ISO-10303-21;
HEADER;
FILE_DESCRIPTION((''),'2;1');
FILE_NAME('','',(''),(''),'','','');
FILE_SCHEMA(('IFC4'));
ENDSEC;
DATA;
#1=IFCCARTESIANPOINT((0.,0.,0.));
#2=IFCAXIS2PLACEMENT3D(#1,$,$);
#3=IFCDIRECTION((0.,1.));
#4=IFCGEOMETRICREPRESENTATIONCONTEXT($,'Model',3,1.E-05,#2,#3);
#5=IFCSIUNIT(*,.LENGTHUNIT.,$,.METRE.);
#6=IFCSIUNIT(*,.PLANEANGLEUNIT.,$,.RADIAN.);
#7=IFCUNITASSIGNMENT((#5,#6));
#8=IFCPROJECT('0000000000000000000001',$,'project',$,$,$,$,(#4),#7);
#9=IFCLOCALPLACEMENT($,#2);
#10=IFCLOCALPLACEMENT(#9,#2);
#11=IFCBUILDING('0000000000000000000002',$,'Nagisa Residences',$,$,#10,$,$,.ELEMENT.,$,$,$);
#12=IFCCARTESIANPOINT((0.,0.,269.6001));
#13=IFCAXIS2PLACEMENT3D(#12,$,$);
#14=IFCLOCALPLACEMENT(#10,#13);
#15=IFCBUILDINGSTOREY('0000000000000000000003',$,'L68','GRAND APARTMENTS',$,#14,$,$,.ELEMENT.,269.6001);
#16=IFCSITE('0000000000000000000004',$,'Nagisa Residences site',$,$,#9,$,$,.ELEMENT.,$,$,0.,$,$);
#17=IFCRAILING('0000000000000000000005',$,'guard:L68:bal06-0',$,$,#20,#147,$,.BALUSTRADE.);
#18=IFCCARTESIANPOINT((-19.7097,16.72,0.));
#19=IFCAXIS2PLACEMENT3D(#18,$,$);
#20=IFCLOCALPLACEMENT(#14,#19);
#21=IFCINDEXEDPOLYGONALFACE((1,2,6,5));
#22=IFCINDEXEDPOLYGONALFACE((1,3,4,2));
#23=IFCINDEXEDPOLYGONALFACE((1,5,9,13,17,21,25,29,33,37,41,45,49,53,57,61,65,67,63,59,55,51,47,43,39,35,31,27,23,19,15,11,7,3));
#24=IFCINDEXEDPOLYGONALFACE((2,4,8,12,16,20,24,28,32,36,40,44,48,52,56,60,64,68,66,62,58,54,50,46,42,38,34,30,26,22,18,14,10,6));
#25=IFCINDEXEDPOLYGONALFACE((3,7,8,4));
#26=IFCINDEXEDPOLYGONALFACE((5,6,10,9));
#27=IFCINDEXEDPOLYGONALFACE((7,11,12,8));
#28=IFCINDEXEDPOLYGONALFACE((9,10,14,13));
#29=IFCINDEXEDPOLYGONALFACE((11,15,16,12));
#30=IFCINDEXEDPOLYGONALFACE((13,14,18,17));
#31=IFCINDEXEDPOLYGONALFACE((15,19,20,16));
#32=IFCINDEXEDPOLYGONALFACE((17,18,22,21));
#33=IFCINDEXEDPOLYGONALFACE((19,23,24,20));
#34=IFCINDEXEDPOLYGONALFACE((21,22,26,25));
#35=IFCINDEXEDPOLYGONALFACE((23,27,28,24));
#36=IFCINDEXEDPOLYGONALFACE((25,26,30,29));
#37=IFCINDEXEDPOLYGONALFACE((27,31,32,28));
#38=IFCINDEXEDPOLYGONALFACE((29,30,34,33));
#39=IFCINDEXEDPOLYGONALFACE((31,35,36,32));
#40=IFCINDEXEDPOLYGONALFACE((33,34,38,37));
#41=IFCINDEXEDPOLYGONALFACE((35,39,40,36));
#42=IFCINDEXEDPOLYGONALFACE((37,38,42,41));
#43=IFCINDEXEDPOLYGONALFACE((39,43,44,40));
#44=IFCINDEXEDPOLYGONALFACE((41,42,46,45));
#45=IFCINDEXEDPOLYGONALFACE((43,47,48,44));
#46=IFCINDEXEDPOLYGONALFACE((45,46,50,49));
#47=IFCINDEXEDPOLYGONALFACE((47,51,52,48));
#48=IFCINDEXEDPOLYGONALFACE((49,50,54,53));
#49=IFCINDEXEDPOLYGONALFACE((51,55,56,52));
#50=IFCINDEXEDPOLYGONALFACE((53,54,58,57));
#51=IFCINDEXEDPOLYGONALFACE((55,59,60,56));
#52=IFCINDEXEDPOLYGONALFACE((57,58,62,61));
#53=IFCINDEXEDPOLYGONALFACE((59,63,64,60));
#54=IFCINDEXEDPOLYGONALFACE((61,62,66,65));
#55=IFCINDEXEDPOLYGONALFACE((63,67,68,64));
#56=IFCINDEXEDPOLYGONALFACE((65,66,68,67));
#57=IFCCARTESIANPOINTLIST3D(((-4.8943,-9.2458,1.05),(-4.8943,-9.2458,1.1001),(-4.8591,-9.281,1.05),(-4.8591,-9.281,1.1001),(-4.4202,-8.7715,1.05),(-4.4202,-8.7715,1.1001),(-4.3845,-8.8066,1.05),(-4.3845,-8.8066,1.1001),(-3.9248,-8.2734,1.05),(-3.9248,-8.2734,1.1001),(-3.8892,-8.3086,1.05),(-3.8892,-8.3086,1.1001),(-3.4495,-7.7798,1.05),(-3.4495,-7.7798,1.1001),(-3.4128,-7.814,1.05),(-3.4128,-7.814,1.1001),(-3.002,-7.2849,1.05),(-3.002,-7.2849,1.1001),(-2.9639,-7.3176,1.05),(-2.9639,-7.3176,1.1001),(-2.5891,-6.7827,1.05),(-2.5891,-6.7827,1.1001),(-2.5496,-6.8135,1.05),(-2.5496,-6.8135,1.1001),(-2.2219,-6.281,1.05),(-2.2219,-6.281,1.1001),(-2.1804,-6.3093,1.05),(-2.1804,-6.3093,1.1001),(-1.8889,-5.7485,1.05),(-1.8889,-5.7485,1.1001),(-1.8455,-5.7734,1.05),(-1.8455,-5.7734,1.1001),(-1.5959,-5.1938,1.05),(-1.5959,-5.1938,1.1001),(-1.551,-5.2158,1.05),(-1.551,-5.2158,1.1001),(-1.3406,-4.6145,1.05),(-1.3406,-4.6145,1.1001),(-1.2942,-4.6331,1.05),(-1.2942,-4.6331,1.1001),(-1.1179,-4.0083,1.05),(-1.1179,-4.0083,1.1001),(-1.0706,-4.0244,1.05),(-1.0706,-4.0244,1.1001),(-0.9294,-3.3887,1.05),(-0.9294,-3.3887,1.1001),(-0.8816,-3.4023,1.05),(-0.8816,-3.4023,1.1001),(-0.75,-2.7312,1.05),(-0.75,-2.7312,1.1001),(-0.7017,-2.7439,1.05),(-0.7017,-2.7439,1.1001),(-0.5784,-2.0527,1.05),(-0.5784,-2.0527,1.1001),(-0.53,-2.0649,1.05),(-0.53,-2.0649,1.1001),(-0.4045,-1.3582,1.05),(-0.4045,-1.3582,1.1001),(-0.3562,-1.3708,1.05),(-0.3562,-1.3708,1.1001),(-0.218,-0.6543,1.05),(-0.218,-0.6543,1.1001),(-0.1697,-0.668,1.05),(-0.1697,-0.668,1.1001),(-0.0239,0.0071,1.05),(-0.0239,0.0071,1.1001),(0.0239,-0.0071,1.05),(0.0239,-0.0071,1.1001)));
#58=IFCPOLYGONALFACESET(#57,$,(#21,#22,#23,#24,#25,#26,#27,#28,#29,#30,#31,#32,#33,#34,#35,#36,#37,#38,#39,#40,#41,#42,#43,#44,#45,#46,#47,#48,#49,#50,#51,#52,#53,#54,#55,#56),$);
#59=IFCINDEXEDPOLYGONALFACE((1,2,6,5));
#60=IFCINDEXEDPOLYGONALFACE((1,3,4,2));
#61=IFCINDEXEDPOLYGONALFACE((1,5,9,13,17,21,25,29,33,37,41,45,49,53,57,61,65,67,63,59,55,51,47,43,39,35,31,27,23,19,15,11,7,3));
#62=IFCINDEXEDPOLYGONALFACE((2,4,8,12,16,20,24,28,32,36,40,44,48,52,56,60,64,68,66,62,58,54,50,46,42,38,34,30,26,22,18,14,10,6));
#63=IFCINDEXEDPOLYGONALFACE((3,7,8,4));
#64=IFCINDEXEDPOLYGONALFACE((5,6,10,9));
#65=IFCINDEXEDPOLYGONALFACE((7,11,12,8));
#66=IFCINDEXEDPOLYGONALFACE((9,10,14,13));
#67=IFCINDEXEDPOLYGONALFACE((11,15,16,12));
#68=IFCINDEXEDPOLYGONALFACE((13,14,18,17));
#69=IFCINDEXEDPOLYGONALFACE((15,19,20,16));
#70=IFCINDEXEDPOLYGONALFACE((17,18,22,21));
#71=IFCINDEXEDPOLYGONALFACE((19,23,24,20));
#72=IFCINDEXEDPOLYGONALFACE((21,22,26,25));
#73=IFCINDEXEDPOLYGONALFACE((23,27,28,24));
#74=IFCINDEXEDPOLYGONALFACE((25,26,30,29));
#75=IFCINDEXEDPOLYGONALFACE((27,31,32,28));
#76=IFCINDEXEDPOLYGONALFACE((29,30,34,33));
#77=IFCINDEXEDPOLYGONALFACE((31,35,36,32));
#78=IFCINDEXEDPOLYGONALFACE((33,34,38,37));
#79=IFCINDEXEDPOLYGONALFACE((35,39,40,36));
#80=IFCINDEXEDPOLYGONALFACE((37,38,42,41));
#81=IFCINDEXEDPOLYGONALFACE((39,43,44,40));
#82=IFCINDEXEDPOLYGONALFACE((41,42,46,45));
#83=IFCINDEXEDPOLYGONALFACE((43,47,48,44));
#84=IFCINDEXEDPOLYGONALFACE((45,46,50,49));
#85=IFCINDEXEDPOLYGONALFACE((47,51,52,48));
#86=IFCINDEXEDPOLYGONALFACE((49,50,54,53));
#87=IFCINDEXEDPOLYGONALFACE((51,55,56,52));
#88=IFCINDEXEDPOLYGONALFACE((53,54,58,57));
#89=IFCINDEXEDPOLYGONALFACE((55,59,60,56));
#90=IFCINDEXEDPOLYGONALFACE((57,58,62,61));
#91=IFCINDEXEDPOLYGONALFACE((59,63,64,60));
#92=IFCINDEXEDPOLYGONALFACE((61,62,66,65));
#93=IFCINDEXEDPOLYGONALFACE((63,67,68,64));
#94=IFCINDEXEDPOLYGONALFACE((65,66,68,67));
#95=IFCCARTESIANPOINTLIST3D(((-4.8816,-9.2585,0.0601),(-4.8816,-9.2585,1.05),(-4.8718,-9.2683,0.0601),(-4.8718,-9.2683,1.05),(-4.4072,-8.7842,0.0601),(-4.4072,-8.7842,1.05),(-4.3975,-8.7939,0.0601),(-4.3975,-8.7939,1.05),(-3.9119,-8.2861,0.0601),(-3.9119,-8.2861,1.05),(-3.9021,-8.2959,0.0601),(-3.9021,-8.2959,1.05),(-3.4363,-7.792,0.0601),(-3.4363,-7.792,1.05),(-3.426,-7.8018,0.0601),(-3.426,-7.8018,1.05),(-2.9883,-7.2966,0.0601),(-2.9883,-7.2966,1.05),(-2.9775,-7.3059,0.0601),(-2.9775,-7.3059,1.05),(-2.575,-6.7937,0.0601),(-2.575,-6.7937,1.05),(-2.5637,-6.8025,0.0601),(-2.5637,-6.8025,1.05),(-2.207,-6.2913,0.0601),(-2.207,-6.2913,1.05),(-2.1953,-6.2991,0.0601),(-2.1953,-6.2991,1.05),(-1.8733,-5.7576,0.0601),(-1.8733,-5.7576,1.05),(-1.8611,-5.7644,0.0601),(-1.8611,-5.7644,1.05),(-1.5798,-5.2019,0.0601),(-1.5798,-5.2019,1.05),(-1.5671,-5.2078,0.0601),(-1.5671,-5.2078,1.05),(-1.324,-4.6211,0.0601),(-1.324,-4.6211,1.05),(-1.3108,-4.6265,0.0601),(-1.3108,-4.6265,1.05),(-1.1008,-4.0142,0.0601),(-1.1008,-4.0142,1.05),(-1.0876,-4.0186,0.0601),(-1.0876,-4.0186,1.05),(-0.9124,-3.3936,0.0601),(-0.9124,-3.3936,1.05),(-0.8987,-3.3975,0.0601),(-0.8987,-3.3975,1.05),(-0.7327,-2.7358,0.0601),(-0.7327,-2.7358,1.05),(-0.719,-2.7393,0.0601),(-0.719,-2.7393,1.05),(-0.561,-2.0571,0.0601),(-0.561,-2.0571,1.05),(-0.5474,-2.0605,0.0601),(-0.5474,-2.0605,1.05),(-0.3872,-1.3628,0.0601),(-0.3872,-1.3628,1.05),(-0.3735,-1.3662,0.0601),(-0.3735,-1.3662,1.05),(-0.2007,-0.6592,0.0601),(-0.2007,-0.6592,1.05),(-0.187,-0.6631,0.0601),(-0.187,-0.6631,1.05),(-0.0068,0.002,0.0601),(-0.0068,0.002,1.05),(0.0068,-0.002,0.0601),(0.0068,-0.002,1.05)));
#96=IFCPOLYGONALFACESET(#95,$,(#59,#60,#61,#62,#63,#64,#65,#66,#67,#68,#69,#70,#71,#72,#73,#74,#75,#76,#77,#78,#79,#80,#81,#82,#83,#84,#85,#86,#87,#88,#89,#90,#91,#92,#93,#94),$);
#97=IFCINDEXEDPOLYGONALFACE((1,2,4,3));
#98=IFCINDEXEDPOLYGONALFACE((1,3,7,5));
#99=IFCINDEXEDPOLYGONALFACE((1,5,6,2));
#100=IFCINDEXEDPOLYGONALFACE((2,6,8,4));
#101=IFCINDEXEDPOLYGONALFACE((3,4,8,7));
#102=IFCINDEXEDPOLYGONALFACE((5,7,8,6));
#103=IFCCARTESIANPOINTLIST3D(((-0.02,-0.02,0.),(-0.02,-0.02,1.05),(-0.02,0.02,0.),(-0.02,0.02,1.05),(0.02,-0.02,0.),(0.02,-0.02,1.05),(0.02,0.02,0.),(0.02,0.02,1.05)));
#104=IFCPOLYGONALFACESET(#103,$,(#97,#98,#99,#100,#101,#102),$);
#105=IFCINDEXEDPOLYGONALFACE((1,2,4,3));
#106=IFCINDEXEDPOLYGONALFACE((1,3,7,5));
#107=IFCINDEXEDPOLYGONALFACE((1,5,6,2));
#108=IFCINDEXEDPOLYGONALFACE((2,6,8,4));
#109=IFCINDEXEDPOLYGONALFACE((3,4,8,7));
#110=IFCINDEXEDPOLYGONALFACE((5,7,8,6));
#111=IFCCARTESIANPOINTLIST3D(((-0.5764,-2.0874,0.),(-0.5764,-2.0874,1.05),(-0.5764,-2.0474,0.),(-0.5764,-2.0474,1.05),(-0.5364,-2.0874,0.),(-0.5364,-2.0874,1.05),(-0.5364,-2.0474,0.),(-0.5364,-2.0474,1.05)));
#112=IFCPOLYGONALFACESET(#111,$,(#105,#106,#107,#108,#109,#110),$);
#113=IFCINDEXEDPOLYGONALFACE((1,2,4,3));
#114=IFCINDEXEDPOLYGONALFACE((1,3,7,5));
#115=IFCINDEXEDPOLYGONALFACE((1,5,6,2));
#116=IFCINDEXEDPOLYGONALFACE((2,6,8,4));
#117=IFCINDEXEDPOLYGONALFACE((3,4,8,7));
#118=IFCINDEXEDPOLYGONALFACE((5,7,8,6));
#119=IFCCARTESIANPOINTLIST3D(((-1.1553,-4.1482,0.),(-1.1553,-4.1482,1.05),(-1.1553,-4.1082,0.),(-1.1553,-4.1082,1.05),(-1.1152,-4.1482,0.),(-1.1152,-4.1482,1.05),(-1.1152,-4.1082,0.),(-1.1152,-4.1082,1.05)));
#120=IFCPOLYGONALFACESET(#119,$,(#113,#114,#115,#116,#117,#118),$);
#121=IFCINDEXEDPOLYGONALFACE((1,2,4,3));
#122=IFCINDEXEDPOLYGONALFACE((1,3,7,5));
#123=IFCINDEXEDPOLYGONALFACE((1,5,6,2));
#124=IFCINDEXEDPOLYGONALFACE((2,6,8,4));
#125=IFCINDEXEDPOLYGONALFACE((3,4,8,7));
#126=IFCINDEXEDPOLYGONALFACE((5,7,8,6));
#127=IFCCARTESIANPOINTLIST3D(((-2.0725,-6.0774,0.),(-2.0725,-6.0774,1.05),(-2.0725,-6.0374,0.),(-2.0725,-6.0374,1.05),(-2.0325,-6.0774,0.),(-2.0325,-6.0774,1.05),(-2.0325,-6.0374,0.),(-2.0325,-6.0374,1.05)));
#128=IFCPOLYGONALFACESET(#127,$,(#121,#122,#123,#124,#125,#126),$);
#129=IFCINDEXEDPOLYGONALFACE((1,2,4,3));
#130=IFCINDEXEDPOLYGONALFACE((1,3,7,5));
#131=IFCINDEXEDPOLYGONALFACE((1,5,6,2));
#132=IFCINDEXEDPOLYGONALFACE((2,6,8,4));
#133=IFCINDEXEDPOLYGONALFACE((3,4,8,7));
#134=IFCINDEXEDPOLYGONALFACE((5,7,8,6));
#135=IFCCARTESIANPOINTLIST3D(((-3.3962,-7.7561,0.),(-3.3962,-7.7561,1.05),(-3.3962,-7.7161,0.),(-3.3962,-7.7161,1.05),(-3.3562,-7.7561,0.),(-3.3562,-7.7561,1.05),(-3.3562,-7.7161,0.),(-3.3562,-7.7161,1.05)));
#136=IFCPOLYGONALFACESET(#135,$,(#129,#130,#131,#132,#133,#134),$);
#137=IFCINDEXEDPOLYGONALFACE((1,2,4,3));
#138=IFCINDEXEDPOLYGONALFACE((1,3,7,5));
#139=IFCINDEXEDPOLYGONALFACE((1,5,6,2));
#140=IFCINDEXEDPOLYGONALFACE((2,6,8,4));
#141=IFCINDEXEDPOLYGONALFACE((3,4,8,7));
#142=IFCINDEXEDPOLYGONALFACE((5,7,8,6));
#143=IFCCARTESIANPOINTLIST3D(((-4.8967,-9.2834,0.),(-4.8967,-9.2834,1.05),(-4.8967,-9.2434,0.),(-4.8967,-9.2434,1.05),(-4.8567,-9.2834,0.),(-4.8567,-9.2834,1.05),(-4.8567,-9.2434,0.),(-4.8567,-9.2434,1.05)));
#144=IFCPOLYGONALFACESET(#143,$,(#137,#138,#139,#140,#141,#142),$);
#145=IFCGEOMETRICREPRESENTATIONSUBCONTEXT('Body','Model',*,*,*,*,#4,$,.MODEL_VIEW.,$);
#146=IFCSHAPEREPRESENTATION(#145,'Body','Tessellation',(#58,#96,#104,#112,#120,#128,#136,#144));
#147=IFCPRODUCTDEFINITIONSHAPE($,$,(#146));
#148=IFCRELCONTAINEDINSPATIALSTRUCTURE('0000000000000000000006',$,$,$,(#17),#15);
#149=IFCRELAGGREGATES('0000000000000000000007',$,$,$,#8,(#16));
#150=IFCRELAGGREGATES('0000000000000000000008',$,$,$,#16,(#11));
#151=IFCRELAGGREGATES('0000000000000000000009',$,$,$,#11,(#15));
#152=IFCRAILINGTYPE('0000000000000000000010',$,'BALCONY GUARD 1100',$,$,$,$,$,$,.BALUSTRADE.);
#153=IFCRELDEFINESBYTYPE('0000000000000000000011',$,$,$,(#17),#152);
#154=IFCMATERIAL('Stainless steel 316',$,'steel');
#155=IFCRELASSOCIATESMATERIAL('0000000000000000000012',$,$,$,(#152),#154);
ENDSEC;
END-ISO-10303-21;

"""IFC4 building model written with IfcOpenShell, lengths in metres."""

from ifc_helpers import new_model, si_unit, direction, frame, origin, origin_2d, place, context, subcontext, project, spatial, polyline, rectangle, outline, extrude, material, type_object, element, save


model = new_model("IFC4")

# Units and contexts
model_context = context("Model", 3, precision=1e-05, world=origin(), true_north=direction((0.0, 1.0)))
body_context = subcontext(model_context, "Body", "Model", "MODEL_VIEW")
ifc_project = project(units=[si_unit("LENGTHUNIT", "METRE"), si_unit("PLANEANGLEUNIT", "RADIAN")], contexts=[model_context])

# Site, building, storey
site_placement = place(None, origin())
site = spatial("IfcSite", under=ifc_project, at=site_placement, Name="Nagisa Residences site", CompositionType="ELEMENT", RefElevation=0.0)
building_placement = place(site_placement, origin())
building = spatial("IfcBuilding", under=site, at=building_placement, Name="Nagisa Residences", CompositionType="ELEMENT")
storey_placement = place(building_placement, frame((0.0, 0.0, 269.6001)))
storey = spatial("IfcBuildingStorey", under=building, at=storey_placement, Name="L68", Description="GRAND APARTMENTS", CompositionType="ELEMENT", Elevation=269.6001)

# Railing
ifc_material_1 = material(Name="Stainless steel 316", Category="steel")
railing_type = type_object("IfcRailingType", Name="BALCONY GUARD 1100", PredefinedType="BALUSTRADE", material=ifc_material_1)
railing_1_placement = place(storey_placement, frame((-19.7097, 16.72, 0.0)))
element("IfcRailing", 1, at=railing_1_placement, inside=storey, type_object=railing_type, Name="guard:L68:bal06-0", PredefinedType="BALUSTRADE", context=body_context, shape_type="SweptSolid", body=[
    extrude(outline(polyline([(-0.1697, -0.668), (0.0239, -0.0071), (-0.0239, 0.0071), (-0.218, -0.6543), (-0.4045, -1.3582), (-0.5784, -2.0527), (-0.75, -2.7312), (-0.9294, -3.3887), (-1.1179, -4.0083), (-1.3406, -4.6145), (-1.5959, -5.1938), (-1.8889, -5.7485), (-2.2219, -6.281), (-2.5891, -6.7827), (-3.002, -7.2849), (-3.4495, -7.7798), (-3.9248, -8.2734), (-4.4202, -8.7715), (-4.8943, -9.2458), (-4.8591, -9.281), (-4.3845, -8.8066), (-3.8892, -8.3086), (-3.4128, -7.814), (-2.9639, -7.3176), (-2.5496, -6.8135), (-2.1804, -6.3093), (-1.8455, -5.7734), (-1.551, -5.2158), (-1.2942, -4.6331), (-1.0706, -4.0244), (-0.8816, -3.4023), (-0.7017, -2.7439), (-0.53, -2.0649), (-0.3562, -1.3708), (-0.1697, -0.668)])), frame((0.0, 0.0, 1.05)), (0.0, 0.0, 1.0), 0.05),
    extrude(outline(polyline([(-0.187, -0.6631), (0.0068, -0.002), (-0.0068, 0.002), (-0.2007, -0.6592), (-0.3872, -1.3628), (-0.561, -2.0571), (-0.7327, -2.7358), (-0.9124, -3.3936), (-1.1008, -4.0142), (-1.324, -4.6211), (-1.5798, -5.2019), (-1.8733, -5.7576), (-2.207, -6.2913), (-2.575, -6.7937), (-2.9883, -7.2966), (-3.4363, -7.792), (-3.9119, -8.2861), (-4.4072, -8.7842), (-4.8816, -9.2585), (-4.8718, -9.2683), (-4.3975, -8.7939), (-3.9021, -8.2959), (-3.426, -7.8018), (-2.9775, -7.3059), (-2.5637, -6.8025), (-2.1953, -6.2991), (-1.8611, -5.7644), (-1.5671, -5.2078), (-1.3108, -4.6265), (-1.0876, -4.0186), (-0.8987, -3.3975), (-0.719, -2.7393), (-0.5474, -2.0605), (-0.3735, -1.3662), (-0.187, -0.6631)])), frame((0.0, 0.0, 0.0601)), (0.0, 0.0, 1.0), 0.99),
    extrude(rectangle(XDim=0.04, YDim=0.04, at=origin_2d()), origin(), (0.0, 0.0, 1.0), 1.05),
    extrude(rectangle(XDim=0.04, YDim=0.04, at=origin_2d()), frame((-0.5564, -2.0674, 0.0)), (0.0, 0.0, 1.0), 1.05),
    extrude(rectangle(XDim=0.04, YDim=0.04, at=origin_2d()), frame((-1.1353, -4.1282, 0.0)), (0.0, 0.0, 1.0), 1.05),
    extrude(rectangle(XDim=0.04, YDim=0.04, at=origin_2d()), frame((-2.0525, -6.0574, 0.0)), (0.0, 0.0, 1.0), 1.05),
    extrude(rectangle(XDim=0.04, YDim=0.04, at=origin_2d()), frame((-3.3762, -7.7361, 0.0)), (0.0, 0.0, 1.0), 1.05),
    extrude(rectangle(XDim=0.04, YDim=0.04, at=origin_2d()), frame((-4.8767, -9.2634, 0.0)), (0.0, 0.0, 1.0), 1.05),
])

save(model, "model.ifc")
